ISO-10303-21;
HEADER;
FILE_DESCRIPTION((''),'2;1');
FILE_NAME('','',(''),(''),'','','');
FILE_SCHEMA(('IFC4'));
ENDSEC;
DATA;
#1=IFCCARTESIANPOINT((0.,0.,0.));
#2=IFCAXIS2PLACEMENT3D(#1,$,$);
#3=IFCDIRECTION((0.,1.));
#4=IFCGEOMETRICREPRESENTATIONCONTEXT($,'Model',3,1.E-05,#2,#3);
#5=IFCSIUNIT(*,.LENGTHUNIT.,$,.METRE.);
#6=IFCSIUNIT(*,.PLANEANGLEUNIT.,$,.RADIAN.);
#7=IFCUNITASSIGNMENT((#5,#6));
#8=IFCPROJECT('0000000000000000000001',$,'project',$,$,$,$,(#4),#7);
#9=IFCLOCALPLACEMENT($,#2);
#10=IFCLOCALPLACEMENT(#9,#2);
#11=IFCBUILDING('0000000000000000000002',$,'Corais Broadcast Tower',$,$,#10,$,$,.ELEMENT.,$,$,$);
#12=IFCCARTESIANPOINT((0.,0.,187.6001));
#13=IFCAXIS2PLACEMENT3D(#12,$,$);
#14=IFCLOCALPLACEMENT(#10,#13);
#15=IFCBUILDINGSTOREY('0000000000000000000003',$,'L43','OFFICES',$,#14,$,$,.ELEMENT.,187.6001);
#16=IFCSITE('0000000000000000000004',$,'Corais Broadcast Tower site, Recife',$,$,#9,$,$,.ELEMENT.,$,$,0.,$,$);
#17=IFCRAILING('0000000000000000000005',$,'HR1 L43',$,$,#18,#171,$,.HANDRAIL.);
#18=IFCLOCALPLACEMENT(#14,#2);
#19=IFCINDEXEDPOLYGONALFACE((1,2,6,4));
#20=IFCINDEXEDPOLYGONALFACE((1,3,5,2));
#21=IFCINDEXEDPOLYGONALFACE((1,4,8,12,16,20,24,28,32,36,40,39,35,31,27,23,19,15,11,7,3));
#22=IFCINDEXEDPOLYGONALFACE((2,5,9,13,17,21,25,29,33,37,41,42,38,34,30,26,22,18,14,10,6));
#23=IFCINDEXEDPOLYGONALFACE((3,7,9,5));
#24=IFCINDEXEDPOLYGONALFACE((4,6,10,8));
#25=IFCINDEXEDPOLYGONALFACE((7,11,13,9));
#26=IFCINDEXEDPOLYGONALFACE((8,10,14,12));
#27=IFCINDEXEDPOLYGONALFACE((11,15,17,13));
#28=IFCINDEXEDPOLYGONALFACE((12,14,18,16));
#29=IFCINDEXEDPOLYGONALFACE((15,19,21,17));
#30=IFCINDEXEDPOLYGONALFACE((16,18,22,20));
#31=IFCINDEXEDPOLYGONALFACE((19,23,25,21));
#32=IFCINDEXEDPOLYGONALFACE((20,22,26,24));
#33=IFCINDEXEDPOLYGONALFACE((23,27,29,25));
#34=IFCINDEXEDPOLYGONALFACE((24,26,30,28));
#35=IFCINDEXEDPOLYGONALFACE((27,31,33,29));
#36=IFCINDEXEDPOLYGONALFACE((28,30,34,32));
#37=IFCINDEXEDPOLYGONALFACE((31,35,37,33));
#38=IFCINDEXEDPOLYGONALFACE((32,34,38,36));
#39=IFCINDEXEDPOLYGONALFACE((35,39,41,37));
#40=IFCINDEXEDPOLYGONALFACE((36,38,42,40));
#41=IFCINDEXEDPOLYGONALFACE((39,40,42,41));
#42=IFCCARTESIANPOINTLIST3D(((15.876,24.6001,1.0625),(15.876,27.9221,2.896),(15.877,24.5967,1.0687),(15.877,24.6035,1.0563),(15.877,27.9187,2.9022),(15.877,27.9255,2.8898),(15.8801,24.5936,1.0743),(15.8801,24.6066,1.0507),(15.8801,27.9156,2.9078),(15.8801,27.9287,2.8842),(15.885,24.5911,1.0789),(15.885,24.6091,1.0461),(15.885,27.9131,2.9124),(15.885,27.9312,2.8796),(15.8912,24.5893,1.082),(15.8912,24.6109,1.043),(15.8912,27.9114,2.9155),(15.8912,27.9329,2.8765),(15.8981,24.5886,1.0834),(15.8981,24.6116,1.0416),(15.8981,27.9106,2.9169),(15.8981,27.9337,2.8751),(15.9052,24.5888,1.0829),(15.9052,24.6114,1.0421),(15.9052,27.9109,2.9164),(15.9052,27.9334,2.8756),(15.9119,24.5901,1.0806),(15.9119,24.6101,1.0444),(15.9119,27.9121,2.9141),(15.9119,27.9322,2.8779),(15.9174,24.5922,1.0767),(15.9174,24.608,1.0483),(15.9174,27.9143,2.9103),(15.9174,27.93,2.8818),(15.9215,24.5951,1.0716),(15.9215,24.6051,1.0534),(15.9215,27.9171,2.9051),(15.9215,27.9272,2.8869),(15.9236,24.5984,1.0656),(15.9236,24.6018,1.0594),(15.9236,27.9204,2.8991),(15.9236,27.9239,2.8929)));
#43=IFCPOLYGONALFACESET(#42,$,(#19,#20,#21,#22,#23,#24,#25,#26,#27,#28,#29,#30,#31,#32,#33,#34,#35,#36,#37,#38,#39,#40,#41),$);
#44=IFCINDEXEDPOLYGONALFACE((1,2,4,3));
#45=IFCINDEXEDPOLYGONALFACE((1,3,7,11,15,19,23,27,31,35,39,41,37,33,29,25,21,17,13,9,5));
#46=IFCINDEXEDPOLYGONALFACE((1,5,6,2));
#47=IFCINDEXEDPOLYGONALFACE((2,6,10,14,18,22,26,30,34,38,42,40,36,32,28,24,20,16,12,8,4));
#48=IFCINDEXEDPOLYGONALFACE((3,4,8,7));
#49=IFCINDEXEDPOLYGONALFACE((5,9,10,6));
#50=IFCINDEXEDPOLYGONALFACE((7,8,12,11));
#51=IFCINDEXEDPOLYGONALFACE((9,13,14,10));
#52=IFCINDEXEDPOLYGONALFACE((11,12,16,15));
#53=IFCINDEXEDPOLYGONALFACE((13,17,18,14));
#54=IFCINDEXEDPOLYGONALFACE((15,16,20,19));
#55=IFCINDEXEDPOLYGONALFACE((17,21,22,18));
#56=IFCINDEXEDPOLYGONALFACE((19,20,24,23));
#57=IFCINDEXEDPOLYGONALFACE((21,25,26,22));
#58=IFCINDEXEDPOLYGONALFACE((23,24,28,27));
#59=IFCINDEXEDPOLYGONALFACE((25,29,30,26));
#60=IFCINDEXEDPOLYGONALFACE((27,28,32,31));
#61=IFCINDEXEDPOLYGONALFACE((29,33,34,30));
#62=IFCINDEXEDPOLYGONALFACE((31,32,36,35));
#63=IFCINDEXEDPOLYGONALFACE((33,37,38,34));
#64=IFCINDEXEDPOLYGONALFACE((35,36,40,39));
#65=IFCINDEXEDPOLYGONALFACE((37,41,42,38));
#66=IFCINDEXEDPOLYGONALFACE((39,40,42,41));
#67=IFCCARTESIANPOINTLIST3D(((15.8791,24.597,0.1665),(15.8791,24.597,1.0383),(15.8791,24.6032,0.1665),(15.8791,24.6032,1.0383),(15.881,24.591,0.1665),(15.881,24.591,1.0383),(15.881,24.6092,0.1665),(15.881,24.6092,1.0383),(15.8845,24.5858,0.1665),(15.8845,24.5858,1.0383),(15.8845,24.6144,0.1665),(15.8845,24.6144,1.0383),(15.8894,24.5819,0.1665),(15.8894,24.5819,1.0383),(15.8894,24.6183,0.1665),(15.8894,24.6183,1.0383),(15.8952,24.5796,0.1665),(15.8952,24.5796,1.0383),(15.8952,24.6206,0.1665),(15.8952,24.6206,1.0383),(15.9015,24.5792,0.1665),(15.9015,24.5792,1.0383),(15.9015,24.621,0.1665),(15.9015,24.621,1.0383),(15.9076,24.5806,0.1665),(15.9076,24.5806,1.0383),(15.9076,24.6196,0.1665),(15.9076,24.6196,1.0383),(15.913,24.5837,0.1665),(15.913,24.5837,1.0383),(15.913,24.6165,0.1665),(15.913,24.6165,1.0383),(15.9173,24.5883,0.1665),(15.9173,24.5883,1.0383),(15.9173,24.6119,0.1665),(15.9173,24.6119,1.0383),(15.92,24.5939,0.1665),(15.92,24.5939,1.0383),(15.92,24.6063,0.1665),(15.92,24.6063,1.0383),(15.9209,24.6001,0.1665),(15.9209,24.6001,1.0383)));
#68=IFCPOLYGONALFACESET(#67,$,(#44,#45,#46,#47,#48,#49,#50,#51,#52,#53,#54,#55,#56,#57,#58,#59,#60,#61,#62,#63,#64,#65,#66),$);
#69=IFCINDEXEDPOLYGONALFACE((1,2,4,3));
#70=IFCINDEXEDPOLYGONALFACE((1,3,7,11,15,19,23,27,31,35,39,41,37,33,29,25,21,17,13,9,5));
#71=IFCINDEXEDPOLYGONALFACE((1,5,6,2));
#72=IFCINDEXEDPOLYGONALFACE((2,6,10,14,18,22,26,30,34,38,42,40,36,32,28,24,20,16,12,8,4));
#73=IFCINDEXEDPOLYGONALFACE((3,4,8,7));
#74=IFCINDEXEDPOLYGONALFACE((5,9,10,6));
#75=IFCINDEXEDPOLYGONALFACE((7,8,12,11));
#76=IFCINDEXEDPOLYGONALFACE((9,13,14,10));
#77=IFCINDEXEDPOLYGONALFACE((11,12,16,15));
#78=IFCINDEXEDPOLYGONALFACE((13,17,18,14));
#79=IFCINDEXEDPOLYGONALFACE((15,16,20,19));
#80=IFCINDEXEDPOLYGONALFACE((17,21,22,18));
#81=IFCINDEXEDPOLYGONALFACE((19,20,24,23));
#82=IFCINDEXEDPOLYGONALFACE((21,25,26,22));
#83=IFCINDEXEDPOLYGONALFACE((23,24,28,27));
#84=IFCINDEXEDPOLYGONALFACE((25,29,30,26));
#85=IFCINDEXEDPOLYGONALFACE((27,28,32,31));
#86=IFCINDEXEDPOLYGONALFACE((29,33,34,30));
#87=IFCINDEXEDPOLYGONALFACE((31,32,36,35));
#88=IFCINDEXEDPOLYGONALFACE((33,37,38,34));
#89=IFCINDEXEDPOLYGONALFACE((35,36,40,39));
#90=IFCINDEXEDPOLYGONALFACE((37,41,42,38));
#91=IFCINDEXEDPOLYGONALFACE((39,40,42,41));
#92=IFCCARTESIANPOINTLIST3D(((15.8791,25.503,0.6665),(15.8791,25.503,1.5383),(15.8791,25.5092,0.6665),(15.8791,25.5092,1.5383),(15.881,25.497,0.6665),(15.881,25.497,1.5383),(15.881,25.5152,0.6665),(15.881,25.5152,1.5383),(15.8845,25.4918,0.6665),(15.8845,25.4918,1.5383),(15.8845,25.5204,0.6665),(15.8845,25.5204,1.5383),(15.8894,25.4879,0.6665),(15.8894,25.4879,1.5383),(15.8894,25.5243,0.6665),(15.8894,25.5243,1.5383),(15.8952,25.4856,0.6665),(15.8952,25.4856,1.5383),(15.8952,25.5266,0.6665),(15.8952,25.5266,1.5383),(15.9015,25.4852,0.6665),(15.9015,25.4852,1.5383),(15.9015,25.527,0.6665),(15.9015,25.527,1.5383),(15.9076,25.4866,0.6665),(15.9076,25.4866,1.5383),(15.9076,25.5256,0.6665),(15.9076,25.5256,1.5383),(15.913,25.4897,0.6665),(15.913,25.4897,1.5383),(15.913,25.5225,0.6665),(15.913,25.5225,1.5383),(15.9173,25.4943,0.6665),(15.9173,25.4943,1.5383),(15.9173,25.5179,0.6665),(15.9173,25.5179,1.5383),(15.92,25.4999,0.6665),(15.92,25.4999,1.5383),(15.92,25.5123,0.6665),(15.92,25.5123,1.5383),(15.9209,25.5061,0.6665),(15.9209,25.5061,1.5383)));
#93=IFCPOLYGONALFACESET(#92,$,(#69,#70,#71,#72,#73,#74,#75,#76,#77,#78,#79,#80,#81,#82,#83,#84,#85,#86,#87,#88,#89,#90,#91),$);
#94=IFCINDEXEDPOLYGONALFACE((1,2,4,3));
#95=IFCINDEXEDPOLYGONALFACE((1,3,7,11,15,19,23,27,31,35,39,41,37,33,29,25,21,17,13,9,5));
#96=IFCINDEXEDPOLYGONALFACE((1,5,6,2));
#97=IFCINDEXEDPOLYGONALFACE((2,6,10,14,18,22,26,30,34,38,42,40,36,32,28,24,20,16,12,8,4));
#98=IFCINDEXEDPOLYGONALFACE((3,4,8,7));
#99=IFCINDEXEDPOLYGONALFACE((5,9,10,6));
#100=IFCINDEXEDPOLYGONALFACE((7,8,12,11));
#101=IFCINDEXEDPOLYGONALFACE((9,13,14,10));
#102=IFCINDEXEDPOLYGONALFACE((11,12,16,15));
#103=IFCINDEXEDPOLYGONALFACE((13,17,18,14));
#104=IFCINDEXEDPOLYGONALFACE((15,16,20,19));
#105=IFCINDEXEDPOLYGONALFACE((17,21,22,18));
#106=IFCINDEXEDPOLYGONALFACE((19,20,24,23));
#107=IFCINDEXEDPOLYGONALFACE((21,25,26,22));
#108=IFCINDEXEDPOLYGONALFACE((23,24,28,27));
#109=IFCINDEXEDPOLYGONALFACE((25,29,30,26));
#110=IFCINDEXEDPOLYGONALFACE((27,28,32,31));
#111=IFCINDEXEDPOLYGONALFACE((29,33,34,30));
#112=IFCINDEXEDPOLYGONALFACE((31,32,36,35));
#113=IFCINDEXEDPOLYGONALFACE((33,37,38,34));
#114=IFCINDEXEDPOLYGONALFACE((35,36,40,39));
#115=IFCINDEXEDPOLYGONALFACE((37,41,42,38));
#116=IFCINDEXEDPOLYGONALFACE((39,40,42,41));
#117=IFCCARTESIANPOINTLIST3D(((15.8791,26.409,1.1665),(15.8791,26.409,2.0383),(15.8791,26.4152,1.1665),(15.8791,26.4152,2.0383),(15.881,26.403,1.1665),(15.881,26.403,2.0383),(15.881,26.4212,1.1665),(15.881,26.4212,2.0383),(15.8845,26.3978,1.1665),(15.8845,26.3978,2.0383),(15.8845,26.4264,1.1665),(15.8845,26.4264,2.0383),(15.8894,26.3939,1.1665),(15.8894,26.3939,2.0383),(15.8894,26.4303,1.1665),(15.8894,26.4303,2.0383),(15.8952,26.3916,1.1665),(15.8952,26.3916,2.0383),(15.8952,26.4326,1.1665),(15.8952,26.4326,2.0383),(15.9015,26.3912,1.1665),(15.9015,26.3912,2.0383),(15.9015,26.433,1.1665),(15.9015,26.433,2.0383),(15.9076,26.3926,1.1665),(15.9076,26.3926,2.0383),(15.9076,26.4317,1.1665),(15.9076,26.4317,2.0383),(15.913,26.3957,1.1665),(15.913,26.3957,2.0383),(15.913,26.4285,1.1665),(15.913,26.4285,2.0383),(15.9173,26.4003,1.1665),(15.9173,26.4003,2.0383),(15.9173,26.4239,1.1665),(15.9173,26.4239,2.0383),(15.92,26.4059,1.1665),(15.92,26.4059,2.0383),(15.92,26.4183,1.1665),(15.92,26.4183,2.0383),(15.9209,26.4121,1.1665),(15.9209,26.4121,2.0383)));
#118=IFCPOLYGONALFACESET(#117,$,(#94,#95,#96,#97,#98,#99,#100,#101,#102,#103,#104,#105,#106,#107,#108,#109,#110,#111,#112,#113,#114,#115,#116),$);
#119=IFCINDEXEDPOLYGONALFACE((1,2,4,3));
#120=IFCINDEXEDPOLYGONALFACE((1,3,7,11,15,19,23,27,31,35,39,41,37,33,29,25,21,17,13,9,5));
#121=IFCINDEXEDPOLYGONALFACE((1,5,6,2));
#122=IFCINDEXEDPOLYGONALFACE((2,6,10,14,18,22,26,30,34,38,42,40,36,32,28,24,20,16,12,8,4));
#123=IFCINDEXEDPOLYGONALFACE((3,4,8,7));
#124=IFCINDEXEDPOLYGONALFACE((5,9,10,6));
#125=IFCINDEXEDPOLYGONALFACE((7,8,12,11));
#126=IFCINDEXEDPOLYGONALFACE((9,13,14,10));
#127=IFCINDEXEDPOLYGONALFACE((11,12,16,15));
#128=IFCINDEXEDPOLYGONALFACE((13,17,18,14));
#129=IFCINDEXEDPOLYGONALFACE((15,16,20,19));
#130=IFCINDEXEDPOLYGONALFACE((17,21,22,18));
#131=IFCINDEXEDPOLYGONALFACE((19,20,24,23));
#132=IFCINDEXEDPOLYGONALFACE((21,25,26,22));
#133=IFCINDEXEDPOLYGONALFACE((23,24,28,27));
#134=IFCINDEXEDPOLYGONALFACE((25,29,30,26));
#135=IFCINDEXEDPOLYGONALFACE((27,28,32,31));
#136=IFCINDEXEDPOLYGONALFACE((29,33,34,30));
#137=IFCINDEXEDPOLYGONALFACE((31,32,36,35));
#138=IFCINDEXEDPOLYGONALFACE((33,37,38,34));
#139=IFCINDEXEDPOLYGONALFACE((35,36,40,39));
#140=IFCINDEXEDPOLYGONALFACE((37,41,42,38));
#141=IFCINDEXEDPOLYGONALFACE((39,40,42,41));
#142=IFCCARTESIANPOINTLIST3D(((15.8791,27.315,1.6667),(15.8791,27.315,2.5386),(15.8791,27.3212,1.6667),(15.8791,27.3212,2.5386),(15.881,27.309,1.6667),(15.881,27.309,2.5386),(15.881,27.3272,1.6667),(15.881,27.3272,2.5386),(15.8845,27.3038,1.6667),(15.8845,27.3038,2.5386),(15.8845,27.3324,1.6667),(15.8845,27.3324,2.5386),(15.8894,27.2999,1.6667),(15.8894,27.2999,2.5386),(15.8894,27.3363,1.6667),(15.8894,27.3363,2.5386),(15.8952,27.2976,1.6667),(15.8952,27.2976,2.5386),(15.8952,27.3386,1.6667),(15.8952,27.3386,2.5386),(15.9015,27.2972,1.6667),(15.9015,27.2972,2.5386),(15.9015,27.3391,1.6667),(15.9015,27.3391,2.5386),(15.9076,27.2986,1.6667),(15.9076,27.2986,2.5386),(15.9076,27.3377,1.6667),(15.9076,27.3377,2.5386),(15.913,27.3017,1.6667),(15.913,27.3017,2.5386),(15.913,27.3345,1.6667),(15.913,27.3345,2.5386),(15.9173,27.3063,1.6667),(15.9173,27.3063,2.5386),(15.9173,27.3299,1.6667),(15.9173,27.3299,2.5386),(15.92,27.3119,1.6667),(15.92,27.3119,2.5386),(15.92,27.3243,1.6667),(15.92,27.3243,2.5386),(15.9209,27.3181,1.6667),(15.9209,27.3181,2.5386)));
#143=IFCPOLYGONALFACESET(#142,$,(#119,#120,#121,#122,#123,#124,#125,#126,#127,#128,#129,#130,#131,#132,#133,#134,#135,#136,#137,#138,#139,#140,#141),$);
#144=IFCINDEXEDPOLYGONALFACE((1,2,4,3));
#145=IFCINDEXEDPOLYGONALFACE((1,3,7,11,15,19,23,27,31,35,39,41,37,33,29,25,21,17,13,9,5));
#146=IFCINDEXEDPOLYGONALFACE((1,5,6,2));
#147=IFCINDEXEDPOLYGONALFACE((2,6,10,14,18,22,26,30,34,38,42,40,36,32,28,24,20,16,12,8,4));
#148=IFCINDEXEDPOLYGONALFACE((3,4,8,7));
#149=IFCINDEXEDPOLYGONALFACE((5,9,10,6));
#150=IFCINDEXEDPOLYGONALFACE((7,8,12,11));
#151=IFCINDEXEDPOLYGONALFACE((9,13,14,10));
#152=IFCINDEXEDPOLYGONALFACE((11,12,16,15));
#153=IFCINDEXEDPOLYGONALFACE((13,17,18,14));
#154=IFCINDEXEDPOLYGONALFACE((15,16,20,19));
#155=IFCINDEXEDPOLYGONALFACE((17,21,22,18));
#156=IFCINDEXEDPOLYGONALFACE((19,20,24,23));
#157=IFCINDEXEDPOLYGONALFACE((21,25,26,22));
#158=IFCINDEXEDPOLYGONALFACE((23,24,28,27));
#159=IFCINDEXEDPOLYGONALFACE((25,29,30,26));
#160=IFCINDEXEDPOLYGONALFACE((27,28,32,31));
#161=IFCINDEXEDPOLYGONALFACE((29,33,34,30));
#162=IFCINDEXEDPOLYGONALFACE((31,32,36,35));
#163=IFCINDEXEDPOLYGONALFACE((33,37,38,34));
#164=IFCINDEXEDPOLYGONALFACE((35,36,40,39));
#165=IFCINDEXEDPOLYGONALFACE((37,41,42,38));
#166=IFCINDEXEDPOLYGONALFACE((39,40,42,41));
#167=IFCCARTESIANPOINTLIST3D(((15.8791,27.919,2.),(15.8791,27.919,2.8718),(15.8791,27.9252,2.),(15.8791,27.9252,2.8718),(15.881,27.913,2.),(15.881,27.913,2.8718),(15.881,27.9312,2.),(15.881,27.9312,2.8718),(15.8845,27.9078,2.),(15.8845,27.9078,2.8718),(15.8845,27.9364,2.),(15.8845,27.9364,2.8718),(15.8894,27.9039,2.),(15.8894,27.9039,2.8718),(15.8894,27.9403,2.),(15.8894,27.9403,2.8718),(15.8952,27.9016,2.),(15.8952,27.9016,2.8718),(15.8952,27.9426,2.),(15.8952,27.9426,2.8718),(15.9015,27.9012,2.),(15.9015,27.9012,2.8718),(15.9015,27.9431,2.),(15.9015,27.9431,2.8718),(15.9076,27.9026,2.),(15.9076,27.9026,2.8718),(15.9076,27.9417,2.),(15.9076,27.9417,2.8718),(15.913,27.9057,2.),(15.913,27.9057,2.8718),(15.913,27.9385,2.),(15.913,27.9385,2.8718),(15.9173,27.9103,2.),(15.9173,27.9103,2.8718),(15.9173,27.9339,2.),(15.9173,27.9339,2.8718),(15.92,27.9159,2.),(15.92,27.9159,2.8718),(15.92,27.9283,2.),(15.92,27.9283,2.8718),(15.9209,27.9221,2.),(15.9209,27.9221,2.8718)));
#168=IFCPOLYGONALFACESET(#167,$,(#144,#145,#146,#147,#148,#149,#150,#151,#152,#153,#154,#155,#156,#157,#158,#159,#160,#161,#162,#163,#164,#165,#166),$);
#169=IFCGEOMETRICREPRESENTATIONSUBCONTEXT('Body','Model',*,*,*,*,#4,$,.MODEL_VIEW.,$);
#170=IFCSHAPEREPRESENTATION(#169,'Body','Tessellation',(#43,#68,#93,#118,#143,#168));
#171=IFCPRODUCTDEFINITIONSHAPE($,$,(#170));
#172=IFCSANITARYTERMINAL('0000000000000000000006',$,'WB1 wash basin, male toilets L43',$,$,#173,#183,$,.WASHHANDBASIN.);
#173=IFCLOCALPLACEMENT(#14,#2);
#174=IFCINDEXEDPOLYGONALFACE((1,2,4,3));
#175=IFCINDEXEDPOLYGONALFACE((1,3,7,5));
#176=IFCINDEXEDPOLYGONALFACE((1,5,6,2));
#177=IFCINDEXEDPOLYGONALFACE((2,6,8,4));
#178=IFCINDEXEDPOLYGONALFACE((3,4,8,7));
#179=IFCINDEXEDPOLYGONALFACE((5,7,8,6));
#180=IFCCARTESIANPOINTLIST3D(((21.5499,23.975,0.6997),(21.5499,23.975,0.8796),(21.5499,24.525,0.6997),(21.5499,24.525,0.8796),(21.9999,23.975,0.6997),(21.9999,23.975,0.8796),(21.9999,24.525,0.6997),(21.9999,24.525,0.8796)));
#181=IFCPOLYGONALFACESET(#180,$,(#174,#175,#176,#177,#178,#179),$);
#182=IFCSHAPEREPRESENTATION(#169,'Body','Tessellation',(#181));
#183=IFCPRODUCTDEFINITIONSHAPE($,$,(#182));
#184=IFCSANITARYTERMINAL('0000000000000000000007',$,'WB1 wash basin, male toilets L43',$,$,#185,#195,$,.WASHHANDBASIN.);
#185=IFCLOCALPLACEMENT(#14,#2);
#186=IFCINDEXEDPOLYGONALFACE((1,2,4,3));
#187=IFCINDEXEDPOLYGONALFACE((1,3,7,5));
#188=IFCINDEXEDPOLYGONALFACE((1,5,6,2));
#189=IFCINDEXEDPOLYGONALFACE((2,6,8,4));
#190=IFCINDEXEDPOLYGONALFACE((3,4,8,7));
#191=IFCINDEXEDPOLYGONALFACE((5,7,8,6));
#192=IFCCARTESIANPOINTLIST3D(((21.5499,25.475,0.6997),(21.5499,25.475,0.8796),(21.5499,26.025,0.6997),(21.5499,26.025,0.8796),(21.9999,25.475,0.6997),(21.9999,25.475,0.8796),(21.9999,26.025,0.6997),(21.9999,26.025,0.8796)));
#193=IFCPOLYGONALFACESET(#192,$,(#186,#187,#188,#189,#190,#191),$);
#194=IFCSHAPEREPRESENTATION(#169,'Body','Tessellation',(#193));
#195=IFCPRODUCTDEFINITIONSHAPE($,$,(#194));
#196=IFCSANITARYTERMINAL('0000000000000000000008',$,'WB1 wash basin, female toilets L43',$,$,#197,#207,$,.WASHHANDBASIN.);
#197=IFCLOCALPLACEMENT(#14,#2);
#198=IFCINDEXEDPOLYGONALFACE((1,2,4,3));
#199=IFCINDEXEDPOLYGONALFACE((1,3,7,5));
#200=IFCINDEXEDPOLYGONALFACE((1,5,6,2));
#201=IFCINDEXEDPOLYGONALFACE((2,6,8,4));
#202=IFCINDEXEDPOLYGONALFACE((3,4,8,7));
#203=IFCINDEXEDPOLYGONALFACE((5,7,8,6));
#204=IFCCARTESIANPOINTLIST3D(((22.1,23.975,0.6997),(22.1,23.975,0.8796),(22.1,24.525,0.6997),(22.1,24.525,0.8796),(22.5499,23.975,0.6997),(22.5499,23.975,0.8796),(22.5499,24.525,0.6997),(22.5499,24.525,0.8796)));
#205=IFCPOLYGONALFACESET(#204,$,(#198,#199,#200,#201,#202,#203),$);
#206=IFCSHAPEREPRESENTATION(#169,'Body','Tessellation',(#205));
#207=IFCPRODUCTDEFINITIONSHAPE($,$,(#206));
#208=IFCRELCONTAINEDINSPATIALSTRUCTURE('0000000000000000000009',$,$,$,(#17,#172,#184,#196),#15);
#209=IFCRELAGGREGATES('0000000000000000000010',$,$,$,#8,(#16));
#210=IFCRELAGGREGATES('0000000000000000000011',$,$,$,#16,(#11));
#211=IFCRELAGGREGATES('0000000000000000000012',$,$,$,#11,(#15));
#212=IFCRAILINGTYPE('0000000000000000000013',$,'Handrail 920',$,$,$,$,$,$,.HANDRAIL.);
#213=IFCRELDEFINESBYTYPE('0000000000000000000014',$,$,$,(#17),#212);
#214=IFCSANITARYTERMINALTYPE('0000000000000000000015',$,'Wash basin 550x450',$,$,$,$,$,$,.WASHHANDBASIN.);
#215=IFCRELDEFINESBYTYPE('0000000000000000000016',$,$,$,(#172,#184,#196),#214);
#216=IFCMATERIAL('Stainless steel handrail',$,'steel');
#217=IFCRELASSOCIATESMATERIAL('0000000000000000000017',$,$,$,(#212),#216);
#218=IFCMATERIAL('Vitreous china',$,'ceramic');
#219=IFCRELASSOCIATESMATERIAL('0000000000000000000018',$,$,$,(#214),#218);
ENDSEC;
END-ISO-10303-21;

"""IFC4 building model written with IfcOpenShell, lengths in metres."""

from ifc_helpers import new_model, si_unit, direction, frame, origin, origin_2d, place, context, subcontext, project, spatial, rectangle, circle, extrude, material, type_object, element, save


model = new_model("IFC4")

# Units and contexts
model_context = context("Model", 3, precision=1e-05, world=origin(), true_north=direction((0.0, 1.0)))
body_context = subcontext(model_context, "Body", "Model", "MODEL_VIEW")
ifc_project = project(units=[si_unit("LENGTHUNIT", "METRE"), si_unit("PLANEANGLEUNIT", "RADIAN")], contexts=[model_context])

# Site, building, storey
site_placement = place(None, origin())
site = spatial("IfcSite", under=ifc_project, at=site_placement, Name="Corais Broadcast Tower site, Recife", CompositionType="ELEMENT", RefElevation=0.0)
building_placement = place(site_placement, origin())
building = spatial("IfcBuilding", under=site, at=building_placement, Name="Corais Broadcast Tower", CompositionType="ELEMENT")
storey_placement = place(building_placement, frame((0.0, 0.0, 187.6001)))
storey = spatial("IfcBuildingStorey", under=building, at=storey_placement, Name="L43", Description="OFFICES", CompositionType="ELEMENT", Elevation=187.6001)

# Railing
ifc_material_1 = material(Name="Stainless steel handrail", Category="steel")
railing_type = type_object("IfcRailingType", Name="Handrail 920", PredefinedType="HANDRAIL", material=ifc_material_1)
for number, where, name in (
    (1, (15.8999, 24.6001, 0.1665), "HR1 L43"),
):
    element("IfcRailing", number, at=place(storey_placement, frame(where)), inside=storey, type_object=railing_type, Name=name, PredefinedType="HANDRAIL", context=body_context, shape_type="SweptSolid", body=[
        extrude(circle(Radius=0.0239, at=origin_2d()), frame((0.0, 0.0, 0.896), z_axis=(0.0, 0.875504, 0.48321), x_axis=(-1.0, 0.0, 0.0)), (0.0, 0.0, 1.0), 3.7944),
        extrude(circle(Radius=0.021, at=origin_2d()), origin(), (0.0, 0.0, 1.0), 0.8718),
        extrude(circle(Radius=0.021, at=origin_2d()), frame((0.0, 0.906, 0.5)), (0.0, 0.0, 1.0), 0.8718),
        extrude(circle(Radius=0.021, at=origin_2d()), frame((0.0, 1.812, 1.0)), (0.0, 0.0, 1.0), 0.8718),
        extrude(circle(Radius=0.021, at=origin_2d()), frame((0.0, 2.718, 1.5002)), (0.0, 0.0, 1.0), 0.8718),
        extrude(circle(Radius=0.021, at=origin_2d()), frame((0.0, 3.322, 1.8335)), (0.0, 0.0, 1.0), 0.8718),
    ])

# Sanitary terminals
ifc_material_2 = material(Name="Vitreous china", Category="ceramic")
sanitary_terminal_type = type_object("IfcSanitaryTerminalType", Name="Wash basin 550x450", PredefinedType="WASHHANDBASIN", material=ifc_material_2)
for number, where, z_axis, x_axis, name in (
    (2, (21.7749, 24.25, 0.6997), (0.0, 0.0, 1.0), (1.0, 0.0, 0.0), "WB1 wash basin, male toilets L43"),
    (3, (21.7749, 25.75, 0.6997), (0.0, 0.0, 1.0), (1.0, 0.0, 0.0), "WB1 wash basin, male toilets L43"),
    (4, (22.325, 24.25, 0.6997), (0.0, 0.0, 1.0), (1.0, 0.0, 0.0), "WB1 wash basin, female toilets L43"),
):
    element("IfcSanitaryTerminal", number, at=place(storey_placement, frame(where, z_axis=z_axis, x_axis=x_axis)), inside=storey, type_object=sanitary_terminal_type, Name=name, PredefinedType="WASHHANDBASIN", context=body_context, shape_type="SweptSolid", body=[
        extrude(rectangle(XDim=0.45, YDim=0.55, at=origin_2d()), origin(), (0.0, 0.0, 1.0), 0.1799),
    ])

save(model, "model.ifc")
